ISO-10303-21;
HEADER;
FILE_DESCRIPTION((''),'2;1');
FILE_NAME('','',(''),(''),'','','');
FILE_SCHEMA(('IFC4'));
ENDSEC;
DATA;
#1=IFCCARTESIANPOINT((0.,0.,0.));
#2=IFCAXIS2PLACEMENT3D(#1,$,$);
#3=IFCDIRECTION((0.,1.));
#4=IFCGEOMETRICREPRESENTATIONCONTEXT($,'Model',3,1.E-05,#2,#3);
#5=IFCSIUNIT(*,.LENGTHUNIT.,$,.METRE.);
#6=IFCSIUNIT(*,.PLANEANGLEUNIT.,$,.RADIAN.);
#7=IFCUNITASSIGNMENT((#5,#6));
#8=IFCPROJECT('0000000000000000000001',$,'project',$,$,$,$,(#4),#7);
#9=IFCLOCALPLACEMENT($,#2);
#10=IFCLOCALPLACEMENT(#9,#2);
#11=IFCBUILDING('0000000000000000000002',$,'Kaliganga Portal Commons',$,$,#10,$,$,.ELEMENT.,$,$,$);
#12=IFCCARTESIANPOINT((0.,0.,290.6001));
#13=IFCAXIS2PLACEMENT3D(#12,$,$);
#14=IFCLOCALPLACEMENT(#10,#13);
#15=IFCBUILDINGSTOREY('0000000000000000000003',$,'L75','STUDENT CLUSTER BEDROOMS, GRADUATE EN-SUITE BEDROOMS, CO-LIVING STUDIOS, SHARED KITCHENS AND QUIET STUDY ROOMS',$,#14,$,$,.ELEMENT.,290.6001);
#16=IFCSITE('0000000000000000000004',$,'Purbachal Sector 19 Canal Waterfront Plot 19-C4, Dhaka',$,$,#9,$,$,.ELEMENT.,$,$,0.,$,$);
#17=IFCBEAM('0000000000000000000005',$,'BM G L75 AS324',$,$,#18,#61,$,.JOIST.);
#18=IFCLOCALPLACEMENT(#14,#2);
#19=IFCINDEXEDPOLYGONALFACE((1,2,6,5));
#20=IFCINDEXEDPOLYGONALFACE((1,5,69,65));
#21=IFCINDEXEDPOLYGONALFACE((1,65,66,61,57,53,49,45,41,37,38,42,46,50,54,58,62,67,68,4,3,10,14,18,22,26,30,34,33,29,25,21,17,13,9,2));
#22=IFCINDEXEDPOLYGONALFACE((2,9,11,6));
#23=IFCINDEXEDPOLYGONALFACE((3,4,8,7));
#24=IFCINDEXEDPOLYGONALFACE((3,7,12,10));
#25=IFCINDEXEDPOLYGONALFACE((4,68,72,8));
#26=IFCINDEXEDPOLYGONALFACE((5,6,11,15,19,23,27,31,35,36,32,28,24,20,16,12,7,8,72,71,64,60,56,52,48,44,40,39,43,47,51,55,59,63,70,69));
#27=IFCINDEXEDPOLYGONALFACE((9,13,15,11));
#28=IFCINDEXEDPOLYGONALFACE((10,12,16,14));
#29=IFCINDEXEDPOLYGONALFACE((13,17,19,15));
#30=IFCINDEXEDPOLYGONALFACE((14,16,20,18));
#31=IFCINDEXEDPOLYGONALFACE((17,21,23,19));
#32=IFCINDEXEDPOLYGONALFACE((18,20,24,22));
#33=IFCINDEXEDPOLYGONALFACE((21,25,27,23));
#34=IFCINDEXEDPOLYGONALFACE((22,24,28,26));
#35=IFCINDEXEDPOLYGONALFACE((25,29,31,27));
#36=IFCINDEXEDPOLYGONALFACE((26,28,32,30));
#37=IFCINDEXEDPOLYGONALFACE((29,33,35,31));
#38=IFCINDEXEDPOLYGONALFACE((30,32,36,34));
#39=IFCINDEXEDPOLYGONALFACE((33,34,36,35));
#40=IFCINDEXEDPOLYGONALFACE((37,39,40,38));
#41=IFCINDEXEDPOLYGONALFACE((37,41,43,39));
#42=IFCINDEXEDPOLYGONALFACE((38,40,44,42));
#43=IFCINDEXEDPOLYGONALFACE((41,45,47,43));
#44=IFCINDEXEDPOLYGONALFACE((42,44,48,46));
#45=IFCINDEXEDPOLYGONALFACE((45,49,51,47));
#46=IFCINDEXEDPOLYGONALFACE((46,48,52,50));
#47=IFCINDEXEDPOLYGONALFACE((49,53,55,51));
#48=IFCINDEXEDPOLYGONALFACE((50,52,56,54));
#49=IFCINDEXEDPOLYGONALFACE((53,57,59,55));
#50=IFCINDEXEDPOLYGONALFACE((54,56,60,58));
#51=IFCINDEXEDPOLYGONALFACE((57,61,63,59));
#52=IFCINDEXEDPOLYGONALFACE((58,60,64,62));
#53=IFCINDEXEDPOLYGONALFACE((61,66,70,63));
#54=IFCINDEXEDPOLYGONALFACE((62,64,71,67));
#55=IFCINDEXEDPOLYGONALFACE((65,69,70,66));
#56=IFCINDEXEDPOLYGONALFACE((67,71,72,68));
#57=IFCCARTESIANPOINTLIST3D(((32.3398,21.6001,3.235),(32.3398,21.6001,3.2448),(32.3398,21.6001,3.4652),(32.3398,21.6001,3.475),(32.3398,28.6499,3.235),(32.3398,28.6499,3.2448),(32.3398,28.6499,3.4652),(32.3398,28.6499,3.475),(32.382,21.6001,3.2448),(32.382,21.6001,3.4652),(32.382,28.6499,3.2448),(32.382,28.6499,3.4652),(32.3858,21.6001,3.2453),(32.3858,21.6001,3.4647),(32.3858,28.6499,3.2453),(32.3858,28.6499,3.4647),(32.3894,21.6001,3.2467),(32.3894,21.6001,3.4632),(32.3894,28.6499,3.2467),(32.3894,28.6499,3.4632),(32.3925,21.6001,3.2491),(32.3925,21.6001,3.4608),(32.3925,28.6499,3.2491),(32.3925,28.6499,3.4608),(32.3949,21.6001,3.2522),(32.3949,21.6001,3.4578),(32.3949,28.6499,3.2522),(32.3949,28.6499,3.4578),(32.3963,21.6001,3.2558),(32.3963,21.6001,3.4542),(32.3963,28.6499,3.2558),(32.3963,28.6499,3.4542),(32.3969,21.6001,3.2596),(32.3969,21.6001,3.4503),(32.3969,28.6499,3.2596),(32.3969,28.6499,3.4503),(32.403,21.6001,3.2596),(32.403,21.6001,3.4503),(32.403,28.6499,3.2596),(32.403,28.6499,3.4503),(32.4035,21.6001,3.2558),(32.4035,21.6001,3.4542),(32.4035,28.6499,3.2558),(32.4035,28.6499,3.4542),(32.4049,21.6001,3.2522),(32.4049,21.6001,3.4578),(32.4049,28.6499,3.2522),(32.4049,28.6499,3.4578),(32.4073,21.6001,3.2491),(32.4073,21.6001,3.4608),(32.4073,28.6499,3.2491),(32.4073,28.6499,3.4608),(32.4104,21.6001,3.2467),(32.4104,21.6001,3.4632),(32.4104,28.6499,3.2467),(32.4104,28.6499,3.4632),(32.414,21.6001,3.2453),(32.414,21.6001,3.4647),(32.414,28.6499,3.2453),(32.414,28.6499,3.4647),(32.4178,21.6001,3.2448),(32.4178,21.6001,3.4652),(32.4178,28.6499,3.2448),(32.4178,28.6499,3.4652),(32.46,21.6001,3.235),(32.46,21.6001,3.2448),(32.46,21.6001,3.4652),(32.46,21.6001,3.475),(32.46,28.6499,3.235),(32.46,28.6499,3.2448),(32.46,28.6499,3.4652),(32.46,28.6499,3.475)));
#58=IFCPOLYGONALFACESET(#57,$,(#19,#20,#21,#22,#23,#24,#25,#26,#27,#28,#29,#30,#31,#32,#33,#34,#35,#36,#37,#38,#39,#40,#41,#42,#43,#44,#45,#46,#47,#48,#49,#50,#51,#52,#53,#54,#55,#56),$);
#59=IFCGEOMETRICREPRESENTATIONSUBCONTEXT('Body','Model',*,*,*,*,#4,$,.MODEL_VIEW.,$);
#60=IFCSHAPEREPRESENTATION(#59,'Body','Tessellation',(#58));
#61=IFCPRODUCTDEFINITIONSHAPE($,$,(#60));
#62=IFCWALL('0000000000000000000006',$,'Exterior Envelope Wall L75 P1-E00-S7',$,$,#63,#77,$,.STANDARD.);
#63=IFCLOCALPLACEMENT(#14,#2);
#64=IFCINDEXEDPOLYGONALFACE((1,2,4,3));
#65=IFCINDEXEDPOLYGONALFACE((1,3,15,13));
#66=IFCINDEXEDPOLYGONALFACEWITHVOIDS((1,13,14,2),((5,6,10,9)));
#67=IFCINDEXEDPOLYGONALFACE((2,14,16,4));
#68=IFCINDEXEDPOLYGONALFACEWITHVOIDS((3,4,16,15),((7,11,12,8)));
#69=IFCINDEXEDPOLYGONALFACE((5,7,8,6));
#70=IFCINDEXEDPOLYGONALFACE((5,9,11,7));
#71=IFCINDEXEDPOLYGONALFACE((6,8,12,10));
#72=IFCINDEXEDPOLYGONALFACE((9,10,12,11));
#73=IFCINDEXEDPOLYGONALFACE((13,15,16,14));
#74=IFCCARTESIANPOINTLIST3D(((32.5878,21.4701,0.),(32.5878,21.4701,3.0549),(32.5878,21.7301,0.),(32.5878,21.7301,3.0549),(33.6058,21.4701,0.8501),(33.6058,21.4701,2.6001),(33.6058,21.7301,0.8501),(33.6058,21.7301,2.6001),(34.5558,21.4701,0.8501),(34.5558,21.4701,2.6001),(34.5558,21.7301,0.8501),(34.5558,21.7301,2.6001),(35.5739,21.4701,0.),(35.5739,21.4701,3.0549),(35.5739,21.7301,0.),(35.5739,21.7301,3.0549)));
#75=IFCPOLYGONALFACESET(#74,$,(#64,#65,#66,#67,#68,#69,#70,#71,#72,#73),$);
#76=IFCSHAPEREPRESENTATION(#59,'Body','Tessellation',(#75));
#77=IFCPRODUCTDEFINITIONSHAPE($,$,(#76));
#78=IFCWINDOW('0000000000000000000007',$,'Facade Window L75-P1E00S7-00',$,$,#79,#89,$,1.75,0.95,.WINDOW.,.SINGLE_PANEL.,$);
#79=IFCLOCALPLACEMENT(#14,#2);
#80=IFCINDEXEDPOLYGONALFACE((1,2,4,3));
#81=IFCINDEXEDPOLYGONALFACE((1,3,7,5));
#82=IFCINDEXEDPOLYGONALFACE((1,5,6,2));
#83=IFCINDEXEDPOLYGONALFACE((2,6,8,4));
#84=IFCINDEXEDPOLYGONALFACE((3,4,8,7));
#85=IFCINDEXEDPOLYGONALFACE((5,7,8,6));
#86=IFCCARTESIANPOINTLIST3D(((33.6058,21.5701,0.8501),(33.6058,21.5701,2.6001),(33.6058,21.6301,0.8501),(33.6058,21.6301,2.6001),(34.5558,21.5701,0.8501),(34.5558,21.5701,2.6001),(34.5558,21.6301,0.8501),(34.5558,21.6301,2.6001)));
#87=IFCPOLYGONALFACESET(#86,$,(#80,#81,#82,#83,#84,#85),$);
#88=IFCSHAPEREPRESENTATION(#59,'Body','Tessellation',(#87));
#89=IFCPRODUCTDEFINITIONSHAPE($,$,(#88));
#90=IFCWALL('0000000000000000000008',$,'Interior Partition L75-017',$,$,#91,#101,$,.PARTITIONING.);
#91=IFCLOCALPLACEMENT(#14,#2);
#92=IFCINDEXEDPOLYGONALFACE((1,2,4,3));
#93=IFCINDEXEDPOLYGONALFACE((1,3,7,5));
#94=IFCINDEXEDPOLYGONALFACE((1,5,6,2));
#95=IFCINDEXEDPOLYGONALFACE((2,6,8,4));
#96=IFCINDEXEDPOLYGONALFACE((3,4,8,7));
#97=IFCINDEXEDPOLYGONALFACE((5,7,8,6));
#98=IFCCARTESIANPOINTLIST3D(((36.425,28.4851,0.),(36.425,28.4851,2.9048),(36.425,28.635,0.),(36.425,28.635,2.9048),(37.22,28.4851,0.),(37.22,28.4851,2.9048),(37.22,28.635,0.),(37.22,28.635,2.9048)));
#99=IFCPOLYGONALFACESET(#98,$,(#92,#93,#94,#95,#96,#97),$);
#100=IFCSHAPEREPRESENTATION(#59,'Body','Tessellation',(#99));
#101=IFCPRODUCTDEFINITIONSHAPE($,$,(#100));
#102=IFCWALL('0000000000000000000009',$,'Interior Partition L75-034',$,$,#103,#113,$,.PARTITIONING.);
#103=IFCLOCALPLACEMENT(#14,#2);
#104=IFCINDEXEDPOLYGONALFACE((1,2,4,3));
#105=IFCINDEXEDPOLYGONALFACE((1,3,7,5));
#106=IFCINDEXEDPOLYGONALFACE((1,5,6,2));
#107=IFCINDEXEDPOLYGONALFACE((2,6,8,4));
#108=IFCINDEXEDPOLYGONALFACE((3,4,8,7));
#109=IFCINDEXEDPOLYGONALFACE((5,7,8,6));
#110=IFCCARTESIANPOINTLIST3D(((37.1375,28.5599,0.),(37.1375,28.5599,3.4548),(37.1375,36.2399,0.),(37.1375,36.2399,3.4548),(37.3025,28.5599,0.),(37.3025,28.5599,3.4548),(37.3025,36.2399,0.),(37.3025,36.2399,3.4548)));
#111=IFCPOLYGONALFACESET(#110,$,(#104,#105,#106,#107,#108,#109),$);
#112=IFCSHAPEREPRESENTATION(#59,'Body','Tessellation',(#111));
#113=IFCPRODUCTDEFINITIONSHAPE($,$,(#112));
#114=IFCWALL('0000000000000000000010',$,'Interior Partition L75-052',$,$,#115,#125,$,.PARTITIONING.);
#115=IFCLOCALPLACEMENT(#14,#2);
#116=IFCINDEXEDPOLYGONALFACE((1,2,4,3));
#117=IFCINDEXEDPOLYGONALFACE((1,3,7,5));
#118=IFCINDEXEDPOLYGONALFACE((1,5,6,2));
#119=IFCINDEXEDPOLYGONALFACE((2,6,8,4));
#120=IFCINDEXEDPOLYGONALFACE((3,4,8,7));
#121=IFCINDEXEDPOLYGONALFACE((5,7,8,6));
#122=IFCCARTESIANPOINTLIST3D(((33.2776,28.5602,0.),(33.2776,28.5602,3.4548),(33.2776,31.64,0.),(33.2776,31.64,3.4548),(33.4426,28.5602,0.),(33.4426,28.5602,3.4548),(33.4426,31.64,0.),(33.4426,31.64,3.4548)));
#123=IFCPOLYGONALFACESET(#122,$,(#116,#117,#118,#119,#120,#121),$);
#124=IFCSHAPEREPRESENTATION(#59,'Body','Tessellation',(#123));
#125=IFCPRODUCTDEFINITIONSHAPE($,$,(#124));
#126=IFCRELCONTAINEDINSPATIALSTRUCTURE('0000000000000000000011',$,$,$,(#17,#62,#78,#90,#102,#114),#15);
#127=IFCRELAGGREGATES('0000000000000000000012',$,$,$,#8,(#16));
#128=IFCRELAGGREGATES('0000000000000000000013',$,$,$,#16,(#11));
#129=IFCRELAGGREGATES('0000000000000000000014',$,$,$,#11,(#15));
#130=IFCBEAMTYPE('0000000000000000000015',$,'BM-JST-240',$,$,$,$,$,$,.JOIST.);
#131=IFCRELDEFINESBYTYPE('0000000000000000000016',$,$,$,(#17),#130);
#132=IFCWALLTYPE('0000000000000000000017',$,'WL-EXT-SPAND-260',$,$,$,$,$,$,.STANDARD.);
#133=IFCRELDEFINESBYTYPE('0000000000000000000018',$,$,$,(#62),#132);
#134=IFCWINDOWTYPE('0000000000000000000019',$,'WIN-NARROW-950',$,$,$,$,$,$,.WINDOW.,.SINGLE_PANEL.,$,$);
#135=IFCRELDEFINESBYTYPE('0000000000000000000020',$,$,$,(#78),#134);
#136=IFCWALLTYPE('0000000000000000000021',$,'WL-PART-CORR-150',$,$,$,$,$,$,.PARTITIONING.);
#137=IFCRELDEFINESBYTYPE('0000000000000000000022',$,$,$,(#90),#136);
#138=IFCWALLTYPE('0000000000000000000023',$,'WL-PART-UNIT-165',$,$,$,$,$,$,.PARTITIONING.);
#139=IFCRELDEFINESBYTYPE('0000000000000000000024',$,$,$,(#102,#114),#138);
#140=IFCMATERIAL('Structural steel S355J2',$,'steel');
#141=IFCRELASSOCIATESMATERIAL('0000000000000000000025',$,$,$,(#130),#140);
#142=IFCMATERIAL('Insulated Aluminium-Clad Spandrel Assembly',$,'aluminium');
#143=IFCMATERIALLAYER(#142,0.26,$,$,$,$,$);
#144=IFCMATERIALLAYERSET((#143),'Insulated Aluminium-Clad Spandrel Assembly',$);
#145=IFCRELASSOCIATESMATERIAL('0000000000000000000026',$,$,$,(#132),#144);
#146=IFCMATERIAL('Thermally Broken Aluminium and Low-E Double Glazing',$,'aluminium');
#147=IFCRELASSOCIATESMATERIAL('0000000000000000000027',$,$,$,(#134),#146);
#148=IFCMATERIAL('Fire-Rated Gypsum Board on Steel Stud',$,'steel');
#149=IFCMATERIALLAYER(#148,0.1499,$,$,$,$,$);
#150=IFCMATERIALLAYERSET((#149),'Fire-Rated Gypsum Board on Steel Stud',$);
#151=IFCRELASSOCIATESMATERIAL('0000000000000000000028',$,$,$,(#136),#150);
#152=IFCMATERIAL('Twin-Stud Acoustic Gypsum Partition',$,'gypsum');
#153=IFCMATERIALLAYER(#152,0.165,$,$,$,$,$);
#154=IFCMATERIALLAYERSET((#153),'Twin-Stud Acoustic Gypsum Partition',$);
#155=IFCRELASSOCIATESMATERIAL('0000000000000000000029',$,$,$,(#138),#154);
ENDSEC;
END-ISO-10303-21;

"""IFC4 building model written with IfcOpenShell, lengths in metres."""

from ifc_helpers import new_model, si_unit, direction, frame, frame_2d, origin, origin_2d, place, context, subcontext, project, spatial, rectangle, i_section, extrude, source, transform, mapped, material, layer, layer_set, material_profile, profile_set, type_object, element, fill, save


model = new_model("IFC4")

# Units and contexts
model_context = context("Model", 3, precision=1e-05, world=origin(), true_north=direction((0.0, 1.0)))
body_context = subcontext(model_context, "Body", "Model", "MODEL_VIEW")
ifc_project = project(units=[si_unit("LENGTHUNIT", "METRE"), si_unit("PLANEANGLEUNIT", "RADIAN")], contexts=[model_context])

# Site, building, storey
site_placement = place(None, origin())
site = spatial("IfcSite", under=ifc_project, at=site_placement, Name="Purbachal Sector 19 Canal Waterfront Plot 19-C4, Dhaka", CompositionType="ELEMENT", RefElevation=0.0)
building_placement = place(site_placement, origin())
building = spatial("IfcBuilding", under=site, at=building_placement, Name="Kaliganga Portal Commons", CompositionType="ELEMENT")
storey_placement = place(building_placement, frame((0.0, 0.0, 290.6001)))
storey = spatial("IfcBuildingStorey", under=building, at=storey_placement, Name="L75", Description="STUDENT CLUSTER BEDROOMS, GRADUATE EN-SUITE BEDROOMS, CO-LIVING STUDIOS, SHARED KITCHENS AND QUIET STUDY ROOMS", CompositionType="ELEMENT", Elevation=290.6001)

# Shared definitions
ifc_material_1 = material(Name="Structural steel S355J2", Category="steel")

# Beam
ifc_material_profile_1 = material_profile(ifc_material_1, i_section(OverallWidth=0.1201, OverallDepth=0.24, WebThickness=0.0061, FlangeThickness=0.0098, FilletRadius=0.0149, at=origin_2d()), Name="IPE 240")
ifc_profile_set_1 = profile_set([ifc_material_profile_1], Name="Structural steel S355J2 wide-flange")
beam_type_1 = type_object("IfcBeamType", Name="BM-JST-240", PredefinedType="JOIST", material=ifc_profile_set_1)
shared_shape_1 = source(origin(), body_context, "Body", "SweptSolid", [
    extrude(i_section(OverallWidth=0.1201, OverallDepth=0.24, WebThickness=0.0061, FlangeThickness=0.0098, FilletRadius=0.0149, at=origin_2d()), origin(), (0.0, 0.0, 1.0), 7.0498),
])
beam_1_placement = place(storey_placement, frame((32.3999, 21.6001, 3.355), z_axis=(0.0, 1.0, 0.0), x_axis=(-1.0, 0.0, 0.0)))
element("IfcBeam", 1, at=beam_1_placement, inside=storey, type_object=beam_type_1, Name="BM G L75 AS324", PredefinedType="JOIST", context=body_context, shape_type="MappedRepresentation", body=[
    mapped(shared_shape_1, transform((0.0, 0.0, 0.0), x_axis=(1.0, 0.0, 0.0), y_axis=(0.0, 1.0, 0.0), z_axis=(0.0, 0.0, 1.0), scale=1.0)),
])

# Wall, opening, window
ifc_material_2 = material(Name="Insulated Aluminium-Clad Spandrel Assembly", Category="aluminium")
ifc_layer_1 = layer(ifc_material_2, 0.26)
ifc_layer_set_1 = layer_set([ifc_layer_1], Name="Insulated Aluminium-Clad Spandrel Assembly")
wall_type_1 = type_object("IfcWallType", Name="WL-EXT-SPAND-260", PredefinedType="STANDARD", material=ifc_layer_set_1)
wall_1_placement = place(storey_placement, frame((35.574, 21.6001, 0.0), z_axis=(0.0, 0.0, 1.0), x_axis=(-1.0, 0.0, 0.0)))
wall_1 = element("IfcWall", 2, at=wall_1_placement, inside=storey, type_object=wall_type_1, Name="Exterior Envelope Wall L75 P1-E00-S7", PredefinedType="STANDARD", context=body_context, shape_type="SweptSolid", body=[
    extrude(rectangle(XDim=2.9861, YDim=0.26, at=frame_2d((1.4932, 0.0))), origin(), (0.0, 0.0, 1.0), 3.0549),
])
opening_1_placement = place(wall_1_placement, frame((1.0181, 0.0, 0.8501)))
opening_1 = element("IfcOpeningElement", 3, at=opening_1_placement, cuts=wall_1, PredefinedType="OPENING", context=body_context, shape_type="SweptSolid", body=[
    extrude(rectangle(XDim=0.95, YDim=1.75, at=frame_2d((0.4751, 0.875))), frame((0.0, 0.1401, 0.0), z_axis=(0.0, -1.0, 0.0), x_axis=(1.0, 0.0, 0.0)), (0.0, 0.0, 1.0), 0.28),
])
ifc_material_3 = material(Name="Thermally Broken Aluminium and Low-E Double Glazing", Category="aluminium")
window_type = type_object("IfcWindowType", Name="WIN-NARROW-950", PartitioningType="SINGLE_PANEL", PredefinedType="WINDOW", material=ifc_material_3)
window_placement = place(opening_1_placement, origin())
window = element("IfcWindow", 4, at=window_placement, inside=storey, type_object=window_type, Name="Facade Window L75-P1E00S7-00", OverallHeight=1.75, OverallWidth=0.95, PartitioningType="SINGLE_PANEL", PredefinedType="WINDOW", context=body_context, shape_type="SweptSolid", body=[
    extrude(rectangle(XDim=0.95, YDim=1.75, at=frame_2d((0.4751, 0.875))), frame((0.0, 0.03, 0.0), z_axis=(0.0, -1.0, 0.0), x_axis=(1.0, 0.0, 0.0)), (0.0, 0.0, 1.0), 0.0601),
])
fill(opening_1, window)

# Shared definitions
ifc_material_4 = material(Name="Fire-Rated Gypsum Board on Steel Stud", Category="steel")
ifc_layer_2 = layer(ifc_material_4, 0.1499)
ifc_layer_set_2 = layer_set([ifc_layer_2], Name="Fire-Rated Gypsum Board on Steel Stud")
wall_type_2 = type_object("IfcWallType", Name="WL-PART-CORR-150", PredefinedType="PARTITIONING", material=ifc_layer_set_2)

# Wall
wall_2_placement = place(storey_placement, frame((36.425, 28.5601, 0.0), z_axis=(0.0, 0.0, 1.0), x_axis=(1.0, 0.0, 0.0)))
element("IfcWall", 5, at=wall_2_placement, inside=storey, type_object=wall_type_2, Name="Interior Partition L75-017", PredefinedType="PARTITIONING", context=body_context, shape_type="SweptSolid", body=[
    extrude(rectangle(XDim=0.7949, YDim=0.1499, at=frame_2d((0.3975, 0.0))), origin(), (0.0, 0.0, 1.0), 2.9048),
])

# Walls
ifc_material_5 = material(Name="Twin-Stud Acoustic Gypsum Partition", Category="gypsum")
ifc_layer_3 = layer(ifc_material_5, 0.165)
ifc_layer_set_3 = layer_set([ifc_layer_3], Name="Twin-Stud Acoustic Gypsum Partition")
wall_type_3 = type_object("IfcWallType", Name="WL-PART-UNIT-165", PredefinedType="PARTITIONING", material=ifc_layer_set_3)
wall_3_placement = place(storey_placement, frame((37.22, 28.5601, 0.0), z_axis=(0.0, 0.0, 1.0), x_axis=(0.0, 1.0, 0.0)))
element("IfcWall", 6, at=wall_3_placement, inside=storey, type_object=wall_type_3, Name="Interior Partition L75-034", PredefinedType="PARTITIONING", context=body_context, shape_type="SweptSolid", body=[
    extrude(rectangle(XDim=7.6799, YDim=0.165, at=frame_2d((3.8398, 0.0))), origin(), (0.0, 0.0, 1.0), 3.4548),
])
wall_4_placement = place(storey_placement, frame((33.3601, 28.5601, 0.0), z_axis=(0.0, 0.0, 1.0), x_axis=(0.0, 1.0, 0.0)))
element("IfcWall", 7, at=wall_4_placement, inside=storey, type_object=wall_type_3, Name="Interior Partition L75-052", PredefinedType="PARTITIONING", context=body_context, shape_type="SweptSolid", body=[
    extrude(rectangle(XDim=3.0798, YDim=0.165, at=frame_2d((1.54, 0.0))), origin(), (0.0, 0.0, 1.0), 3.4548),
])

save(model, "model.ifc")
